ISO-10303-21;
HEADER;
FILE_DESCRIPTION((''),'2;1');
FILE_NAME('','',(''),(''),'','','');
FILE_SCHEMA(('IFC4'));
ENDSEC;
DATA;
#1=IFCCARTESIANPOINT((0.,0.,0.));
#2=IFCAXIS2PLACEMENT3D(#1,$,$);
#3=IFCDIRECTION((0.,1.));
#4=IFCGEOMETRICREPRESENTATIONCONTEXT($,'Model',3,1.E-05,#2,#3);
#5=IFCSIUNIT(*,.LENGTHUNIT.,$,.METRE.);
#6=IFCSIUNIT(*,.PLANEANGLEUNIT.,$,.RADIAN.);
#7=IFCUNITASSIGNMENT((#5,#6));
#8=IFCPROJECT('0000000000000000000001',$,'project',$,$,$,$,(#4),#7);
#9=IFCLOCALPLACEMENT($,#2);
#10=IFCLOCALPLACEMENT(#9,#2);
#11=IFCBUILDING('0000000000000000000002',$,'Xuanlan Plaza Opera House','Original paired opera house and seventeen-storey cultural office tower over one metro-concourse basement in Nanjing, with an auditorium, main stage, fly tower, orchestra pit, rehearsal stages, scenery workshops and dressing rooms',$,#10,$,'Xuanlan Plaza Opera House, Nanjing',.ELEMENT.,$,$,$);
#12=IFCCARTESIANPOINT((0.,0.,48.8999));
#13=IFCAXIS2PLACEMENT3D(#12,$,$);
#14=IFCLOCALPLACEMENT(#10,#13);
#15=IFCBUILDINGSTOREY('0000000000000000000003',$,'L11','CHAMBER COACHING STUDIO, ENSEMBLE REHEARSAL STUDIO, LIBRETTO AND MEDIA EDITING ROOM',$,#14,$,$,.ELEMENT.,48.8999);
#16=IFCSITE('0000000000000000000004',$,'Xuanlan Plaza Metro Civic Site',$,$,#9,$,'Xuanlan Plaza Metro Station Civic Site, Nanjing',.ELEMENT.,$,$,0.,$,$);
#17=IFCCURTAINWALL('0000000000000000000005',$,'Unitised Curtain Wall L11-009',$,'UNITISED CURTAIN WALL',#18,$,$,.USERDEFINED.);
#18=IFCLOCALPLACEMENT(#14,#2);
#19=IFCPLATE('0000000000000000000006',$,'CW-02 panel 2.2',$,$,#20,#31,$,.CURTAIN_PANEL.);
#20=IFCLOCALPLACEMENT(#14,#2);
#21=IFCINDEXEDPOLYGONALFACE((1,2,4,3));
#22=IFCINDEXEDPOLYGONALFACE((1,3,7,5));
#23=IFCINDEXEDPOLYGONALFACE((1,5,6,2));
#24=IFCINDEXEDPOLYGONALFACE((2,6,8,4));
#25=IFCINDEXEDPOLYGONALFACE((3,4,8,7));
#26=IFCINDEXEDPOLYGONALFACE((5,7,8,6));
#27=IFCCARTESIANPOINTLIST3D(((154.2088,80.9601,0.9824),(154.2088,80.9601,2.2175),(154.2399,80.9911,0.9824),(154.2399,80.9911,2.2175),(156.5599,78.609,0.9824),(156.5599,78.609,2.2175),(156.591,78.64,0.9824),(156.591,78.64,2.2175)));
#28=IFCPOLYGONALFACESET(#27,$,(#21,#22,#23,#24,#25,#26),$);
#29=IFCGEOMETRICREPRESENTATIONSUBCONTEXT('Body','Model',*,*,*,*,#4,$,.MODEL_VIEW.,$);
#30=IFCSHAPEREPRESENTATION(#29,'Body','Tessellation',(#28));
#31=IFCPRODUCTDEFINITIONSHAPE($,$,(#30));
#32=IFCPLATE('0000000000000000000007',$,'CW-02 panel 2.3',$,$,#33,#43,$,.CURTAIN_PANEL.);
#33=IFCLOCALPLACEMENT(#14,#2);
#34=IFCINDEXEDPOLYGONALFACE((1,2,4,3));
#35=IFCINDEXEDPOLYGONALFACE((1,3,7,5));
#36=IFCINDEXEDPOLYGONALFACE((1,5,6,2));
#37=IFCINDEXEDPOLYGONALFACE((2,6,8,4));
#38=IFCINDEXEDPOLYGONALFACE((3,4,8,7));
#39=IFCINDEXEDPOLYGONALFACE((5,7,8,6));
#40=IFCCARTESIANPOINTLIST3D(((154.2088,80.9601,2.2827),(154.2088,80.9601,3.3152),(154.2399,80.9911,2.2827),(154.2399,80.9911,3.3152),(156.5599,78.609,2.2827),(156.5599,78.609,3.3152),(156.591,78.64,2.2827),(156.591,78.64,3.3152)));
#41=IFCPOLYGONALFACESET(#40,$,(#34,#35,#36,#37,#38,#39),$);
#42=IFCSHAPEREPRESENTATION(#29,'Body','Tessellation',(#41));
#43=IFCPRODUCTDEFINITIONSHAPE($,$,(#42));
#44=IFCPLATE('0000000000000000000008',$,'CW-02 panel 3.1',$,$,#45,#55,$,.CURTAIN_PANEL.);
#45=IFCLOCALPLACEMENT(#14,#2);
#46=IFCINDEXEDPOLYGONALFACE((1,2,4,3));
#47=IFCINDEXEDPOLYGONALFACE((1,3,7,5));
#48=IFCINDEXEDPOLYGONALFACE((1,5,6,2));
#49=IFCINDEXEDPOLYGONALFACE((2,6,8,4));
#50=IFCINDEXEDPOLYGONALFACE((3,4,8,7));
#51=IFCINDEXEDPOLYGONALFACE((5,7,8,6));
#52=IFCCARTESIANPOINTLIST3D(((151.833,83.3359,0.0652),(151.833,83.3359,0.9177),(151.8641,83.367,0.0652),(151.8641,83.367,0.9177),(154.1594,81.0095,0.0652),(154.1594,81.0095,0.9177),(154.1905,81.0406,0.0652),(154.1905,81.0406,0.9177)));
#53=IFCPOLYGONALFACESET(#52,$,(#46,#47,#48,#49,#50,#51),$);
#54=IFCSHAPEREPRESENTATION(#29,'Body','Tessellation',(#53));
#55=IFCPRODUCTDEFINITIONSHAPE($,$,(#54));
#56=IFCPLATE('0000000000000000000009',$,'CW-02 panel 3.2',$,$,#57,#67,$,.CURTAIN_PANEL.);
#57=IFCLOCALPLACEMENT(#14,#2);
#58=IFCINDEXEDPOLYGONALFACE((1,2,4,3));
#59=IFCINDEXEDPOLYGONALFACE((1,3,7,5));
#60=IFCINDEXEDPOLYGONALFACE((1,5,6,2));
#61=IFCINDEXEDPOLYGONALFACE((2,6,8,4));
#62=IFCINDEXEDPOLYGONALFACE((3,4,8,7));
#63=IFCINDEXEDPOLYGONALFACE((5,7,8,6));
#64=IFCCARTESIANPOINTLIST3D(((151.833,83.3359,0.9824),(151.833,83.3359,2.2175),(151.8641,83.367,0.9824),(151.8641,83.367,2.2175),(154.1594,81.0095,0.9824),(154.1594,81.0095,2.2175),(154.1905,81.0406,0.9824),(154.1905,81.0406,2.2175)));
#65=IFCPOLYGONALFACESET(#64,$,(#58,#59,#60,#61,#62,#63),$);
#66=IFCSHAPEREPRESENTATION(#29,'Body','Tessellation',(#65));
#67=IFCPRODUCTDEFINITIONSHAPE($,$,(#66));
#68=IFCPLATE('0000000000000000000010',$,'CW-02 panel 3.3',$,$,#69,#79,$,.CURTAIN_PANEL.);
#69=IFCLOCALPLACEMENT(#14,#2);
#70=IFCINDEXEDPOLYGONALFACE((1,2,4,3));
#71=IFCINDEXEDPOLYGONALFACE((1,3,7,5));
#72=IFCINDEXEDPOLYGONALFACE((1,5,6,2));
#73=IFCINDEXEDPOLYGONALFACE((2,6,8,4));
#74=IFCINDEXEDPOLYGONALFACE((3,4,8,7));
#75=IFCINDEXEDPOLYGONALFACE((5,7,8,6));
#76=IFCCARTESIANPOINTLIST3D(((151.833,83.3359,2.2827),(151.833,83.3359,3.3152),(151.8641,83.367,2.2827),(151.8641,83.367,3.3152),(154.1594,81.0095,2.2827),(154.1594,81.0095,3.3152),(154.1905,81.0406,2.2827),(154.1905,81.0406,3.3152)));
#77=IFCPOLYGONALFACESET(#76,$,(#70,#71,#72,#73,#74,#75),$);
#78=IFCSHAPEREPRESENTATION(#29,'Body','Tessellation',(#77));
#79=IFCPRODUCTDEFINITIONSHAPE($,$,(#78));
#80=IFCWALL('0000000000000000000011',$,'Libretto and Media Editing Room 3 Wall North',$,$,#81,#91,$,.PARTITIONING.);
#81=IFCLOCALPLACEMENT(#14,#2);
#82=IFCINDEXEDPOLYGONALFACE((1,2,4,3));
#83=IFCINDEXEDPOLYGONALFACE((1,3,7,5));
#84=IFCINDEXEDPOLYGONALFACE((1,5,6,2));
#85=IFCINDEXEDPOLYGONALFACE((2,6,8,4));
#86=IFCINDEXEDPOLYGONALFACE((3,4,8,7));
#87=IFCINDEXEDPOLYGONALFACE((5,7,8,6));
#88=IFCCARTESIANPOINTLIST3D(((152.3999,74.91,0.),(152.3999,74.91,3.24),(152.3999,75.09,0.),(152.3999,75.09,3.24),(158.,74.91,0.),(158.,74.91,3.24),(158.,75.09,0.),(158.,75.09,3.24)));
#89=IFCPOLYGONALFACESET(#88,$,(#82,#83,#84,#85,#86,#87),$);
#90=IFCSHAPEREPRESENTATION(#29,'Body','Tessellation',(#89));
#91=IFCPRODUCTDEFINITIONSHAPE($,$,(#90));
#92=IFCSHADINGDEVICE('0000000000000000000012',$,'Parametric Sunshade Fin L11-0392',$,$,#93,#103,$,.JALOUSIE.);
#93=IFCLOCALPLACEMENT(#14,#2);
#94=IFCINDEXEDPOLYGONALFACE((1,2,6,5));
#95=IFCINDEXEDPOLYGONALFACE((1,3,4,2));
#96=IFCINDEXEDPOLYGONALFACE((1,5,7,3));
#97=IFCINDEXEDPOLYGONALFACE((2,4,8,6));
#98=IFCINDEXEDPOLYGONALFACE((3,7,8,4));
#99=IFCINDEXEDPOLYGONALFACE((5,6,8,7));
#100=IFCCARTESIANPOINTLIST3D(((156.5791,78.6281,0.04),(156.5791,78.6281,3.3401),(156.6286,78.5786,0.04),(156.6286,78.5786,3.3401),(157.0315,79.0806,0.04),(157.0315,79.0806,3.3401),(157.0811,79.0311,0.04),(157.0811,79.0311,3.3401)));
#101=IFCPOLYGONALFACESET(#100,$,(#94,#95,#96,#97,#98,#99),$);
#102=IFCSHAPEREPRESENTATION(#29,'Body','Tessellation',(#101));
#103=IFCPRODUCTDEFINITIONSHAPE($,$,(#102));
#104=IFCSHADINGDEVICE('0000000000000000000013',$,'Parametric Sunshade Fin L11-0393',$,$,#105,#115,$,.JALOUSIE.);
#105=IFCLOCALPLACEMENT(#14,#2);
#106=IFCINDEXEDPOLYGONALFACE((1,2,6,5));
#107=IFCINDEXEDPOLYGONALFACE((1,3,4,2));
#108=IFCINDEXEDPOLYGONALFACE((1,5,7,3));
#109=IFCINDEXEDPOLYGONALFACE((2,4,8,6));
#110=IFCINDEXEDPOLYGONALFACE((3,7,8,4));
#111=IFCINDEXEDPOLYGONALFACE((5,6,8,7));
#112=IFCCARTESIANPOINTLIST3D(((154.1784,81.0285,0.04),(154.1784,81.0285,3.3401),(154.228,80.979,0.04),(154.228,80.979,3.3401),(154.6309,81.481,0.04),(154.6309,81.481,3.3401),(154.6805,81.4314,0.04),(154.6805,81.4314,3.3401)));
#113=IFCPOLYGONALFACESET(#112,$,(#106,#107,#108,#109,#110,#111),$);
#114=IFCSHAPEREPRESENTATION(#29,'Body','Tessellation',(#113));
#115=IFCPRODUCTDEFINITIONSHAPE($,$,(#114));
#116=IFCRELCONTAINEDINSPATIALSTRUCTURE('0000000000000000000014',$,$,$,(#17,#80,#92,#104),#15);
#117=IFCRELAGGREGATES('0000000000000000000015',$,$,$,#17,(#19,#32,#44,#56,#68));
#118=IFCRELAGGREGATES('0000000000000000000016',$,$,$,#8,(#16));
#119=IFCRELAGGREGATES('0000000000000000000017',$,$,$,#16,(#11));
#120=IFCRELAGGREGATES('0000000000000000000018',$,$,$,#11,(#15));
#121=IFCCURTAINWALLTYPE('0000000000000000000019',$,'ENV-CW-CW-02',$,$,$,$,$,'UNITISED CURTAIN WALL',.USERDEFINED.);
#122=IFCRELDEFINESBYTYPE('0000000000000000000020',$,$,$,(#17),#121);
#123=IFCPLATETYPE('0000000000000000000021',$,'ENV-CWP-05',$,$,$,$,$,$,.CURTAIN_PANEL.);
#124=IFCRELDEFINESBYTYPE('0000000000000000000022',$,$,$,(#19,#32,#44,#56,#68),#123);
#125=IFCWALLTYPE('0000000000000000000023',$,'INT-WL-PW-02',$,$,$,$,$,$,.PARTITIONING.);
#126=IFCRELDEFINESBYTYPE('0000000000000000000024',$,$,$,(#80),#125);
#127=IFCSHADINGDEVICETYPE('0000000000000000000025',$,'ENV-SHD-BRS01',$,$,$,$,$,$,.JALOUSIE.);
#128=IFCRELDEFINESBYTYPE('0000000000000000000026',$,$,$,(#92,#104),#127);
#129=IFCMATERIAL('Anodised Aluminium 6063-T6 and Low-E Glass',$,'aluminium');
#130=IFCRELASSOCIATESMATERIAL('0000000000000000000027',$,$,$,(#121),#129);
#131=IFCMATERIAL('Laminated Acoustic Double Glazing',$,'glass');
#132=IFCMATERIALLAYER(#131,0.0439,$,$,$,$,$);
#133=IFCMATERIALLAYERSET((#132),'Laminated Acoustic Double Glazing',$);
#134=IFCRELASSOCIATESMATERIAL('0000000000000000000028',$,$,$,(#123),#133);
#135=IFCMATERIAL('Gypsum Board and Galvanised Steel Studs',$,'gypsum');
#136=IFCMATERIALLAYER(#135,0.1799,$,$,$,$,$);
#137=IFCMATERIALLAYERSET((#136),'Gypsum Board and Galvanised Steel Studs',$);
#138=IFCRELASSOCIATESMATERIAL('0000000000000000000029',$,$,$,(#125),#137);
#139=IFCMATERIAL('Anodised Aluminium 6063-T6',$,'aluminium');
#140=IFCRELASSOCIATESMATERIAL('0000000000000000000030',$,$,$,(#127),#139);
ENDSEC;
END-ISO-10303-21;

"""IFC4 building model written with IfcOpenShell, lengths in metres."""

from ifc_helpers import new_model, si_unit, direction, frame, frame_2d, origin, origin_2d, place, context, subcontext, project, spatial, rectangle, extrude, material, layer, layer_set, type_object, element, aggregate, save


model = new_model("IFC4")

# Units and contexts
model_context = context("Model", 3, precision=1e-05, world=origin(), true_north=direction((0.0, 1.0)))
body_context = subcontext(model_context, "Body", "Model", "MODEL_VIEW")
ifc_project = project(units=[si_unit("LENGTHUNIT", "METRE"), si_unit("PLANEANGLEUNIT", "RADIAN")], contexts=[model_context])

# Site, building, storey
site_placement = place(None, origin())
site = spatial("IfcSite", under=ifc_project, at=site_placement, Name="Xuanlan Plaza Metro Civic Site", LongName="Xuanlan Plaza Metro Station Civic Site, Nanjing", CompositionType="ELEMENT", RefElevation=0.0)
building_placement = place(site_placement, origin())
building = spatial("IfcBuilding", under=site, at=building_placement, Name="Xuanlan Plaza Opera House", Description="Original paired opera house and seventeen-storey cultural office tower over one metro-concourse basement in Nanjing, with an auditorium, main stage, fly tower, orchestra pit, rehearsal stages, scenery workshops and dressing rooms", LongName="Xuanlan Plaza Opera House, Nanjing", CompositionType="ELEMENT")
storey_placement = place(building_placement, frame((0.0, 0.0, 48.8999)))
storey = spatial("IfcBuildingStorey", under=building, at=storey_placement, Name="L11", Description="CHAMBER COACHING STUDIO, ENSEMBLE REHEARSAL STUDIO, LIBRETTO AND MEDIA EDITING ROOM", CompositionType="ELEMENT", Elevation=48.8999)

# Shared definitions
ifc_material_1 = material(Name="Anodised Aluminium 6063-T6 and Low-E Glass", Category="aluminium")
ifc_material_2 = material(Name="Anodised Aluminium 6063-T6", Category="aluminium")

# Curtain wall
curtain_wall_type_1 = type_object("IfcCurtainWallType", Name="ENV-CW-CW-02", ElementType="UNITISED CURTAIN WALL", PredefinedType="USERDEFINED", material=ifc_material_1)
curtain_wall_1_placement = place(storey_placement, origin())
curtain_wall_1 = element("IfcCurtainWall", 1, at=curtain_wall_1_placement, inside=storey, type_object=curtain_wall_type_1, Name="Unitised Curtain Wall L11-009", ObjectType="UNITISED CURTAIN WALL", PredefinedType="USERDEFINED")

# Plates
ifc_material_3 = material(Name="Laminated Acoustic Double Glazing", Category="glass")
ifc_layer_1 = layer(ifc_material_3, 0.0439)
ifc_layer_set_1 = layer_set([ifc_layer_1], Name="Laminated Acoustic Double Glazing")
plate_type_1 = type_object("IfcPlateType", Name="ENV-CWP-05", PredefinedType="CURTAIN_PANEL", material=ifc_layer_set_1)
plate_1_placement = place(storey_placement, frame((155.3999, 79.8, 0.9824), z_axis=(0.0, 0.0, 1.0), x_axis=(-0.707107, 0.707107, 0.0)))
plate_1 = element("IfcPlate", 2, at=plate_1_placement, type_object=plate_type_1, Name="CW-02 panel 2.2", PredefinedType="CURTAIN_PANEL", context=body_context, shape_type="SweptSolid", body=[
    extrude(rectangle(XDim=3.325, YDim=0.0439, at=origin_2d()), origin(), (0.0, 0.0, 1.0), 1.2351),
])
plate_2_placement = place(storey_placement, frame((155.3999, 79.8, 2.2827), z_axis=(0.0, 0.0, 1.0), x_axis=(-0.707107, 0.707107, 0.0)))
plate_2 = element("IfcPlate", 3, at=plate_2_placement, type_object=plate_type_1, Name="CW-02 panel 2.3", PredefinedType="CURTAIN_PANEL", context=body_context, shape_type="SweptSolid", body=[
    extrude(rectangle(XDim=3.325, YDim=0.0439, at=origin_2d()), origin(), (0.0, 0.0, 1.0), 1.0325),
])
plate_3_placement = place(storey_placement, frame((153.0117, 82.1882, 0.0652), z_axis=(0.0, 0.0, 1.0), x_axis=(-0.707107, 0.707107, 0.0)))
plate_3 = element("IfcPlate", 4, at=plate_3_placement, type_object=plate_type_1, Name="CW-02 panel 3.1", PredefinedType="CURTAIN_PANEL", context=body_context, shape_type="SweptSolid", body=[
    extrude(rectangle(XDim=3.29, YDim=0.0439, at=origin_2d()), origin(), (0.0, 0.0, 1.0), 0.8525),
])
plate_4_placement = place(storey_placement, frame((153.0117, 82.1882, 0.9824), z_axis=(0.0, 0.0, 1.0), x_axis=(-0.707107, 0.707107, 0.0)))
plate_4 = element("IfcPlate", 5, at=plate_4_placement, type_object=plate_type_1, Name="CW-02 panel 3.2", PredefinedType="CURTAIN_PANEL", context=body_context, shape_type="SweptSolid", body=[
    extrude(rectangle(XDim=3.29, YDim=0.0439, at=origin_2d()), origin(), (0.0, 0.0, 1.0), 1.2351),
])
plate_5_placement = place(storey_placement, frame((153.0117, 82.1882, 2.2827), z_axis=(0.0, 0.0, 1.0), x_axis=(-0.707107, 0.707107, 0.0)))
plate_5 = element("IfcPlate", 6, at=plate_5_placement, type_object=plate_type_1, Name="CW-02 panel 3.3", PredefinedType="CURTAIN_PANEL", context=body_context, shape_type="SweptSolid", body=[
    extrude(rectangle(XDim=3.29, YDim=0.0439, at=origin_2d()), origin(), (0.0, 0.0, 1.0), 1.0325),
])
aggregate(curtain_wall_1, [plate_1, plate_2, plate_3, plate_4, plate_5])

# Wall
ifc_material_4 = material(Name="Gypsum Board and Galvanised Steel Studs", Category="gypsum")
ifc_layer_2 = layer(ifc_material_4, 0.1799)
ifc_layer_set_2 = layer_set([ifc_layer_2], Name="Gypsum Board and Galvanised Steel Studs")
wall_type = type_object("IfcWallType", Name="INT-WL-PW-02", PredefinedType="PARTITIONING", material=ifc_layer_set_2)
wall_placement = place(storey_placement, frame((152.3999, 75.0, 0.0), z_axis=(0.0, 0.0, 1.0), x_axis=(1.0, 0.0, 0.0)))
element("IfcWall", 7, at=wall_placement, inside=storey, type_object=wall_type, Name="Libretto and Media Editing Room 3 Wall North", PredefinedType="PARTITIONING", context=body_context, shape_type="SweptSolid", body=[
    extrude(rectangle(XDim=5.6001, YDim=0.1799, at=frame_2d((2.8, 0.0))), origin(), (0.0, 0.0, 1.0), 3.24),
])

# Shading devices
shading_device_type = type_object("IfcShadingDeviceType", Name="ENV-SHD-BRS01", PredefinedType="JALOUSIE", material=ifc_material_2)
for number, where, z_axis, x_axis, name in (
    (8, (156.8301, 78.8296, 0.04), (0.0, 0.0, 1.0), (0.707107, 0.707107, 0.0), "Parametric Sunshade Fin L11-0392"),
    (9, (154.4294, 81.23, 0.04), (0.0, 0.0, 1.0), (0.707107, 0.707107, 0.0), "Parametric Sunshade Fin L11-0393"),
):
    element("IfcShadingDevice", number, at=place(storey_placement, frame(where, z_axis=z_axis, x_axis=x_axis)), inside=storey, type_object=shading_device_type, Name=name, PredefinedType="JALOUSIE", context=body_context, shape_type="SweptSolid", body=[
        extrude(rectangle(XDim=0.6399, YDim=0.0701, at=origin_2d()), origin(), (0.0, 0.0, 1.0), 3.3),
    ])

save(model, "model.ifc")
